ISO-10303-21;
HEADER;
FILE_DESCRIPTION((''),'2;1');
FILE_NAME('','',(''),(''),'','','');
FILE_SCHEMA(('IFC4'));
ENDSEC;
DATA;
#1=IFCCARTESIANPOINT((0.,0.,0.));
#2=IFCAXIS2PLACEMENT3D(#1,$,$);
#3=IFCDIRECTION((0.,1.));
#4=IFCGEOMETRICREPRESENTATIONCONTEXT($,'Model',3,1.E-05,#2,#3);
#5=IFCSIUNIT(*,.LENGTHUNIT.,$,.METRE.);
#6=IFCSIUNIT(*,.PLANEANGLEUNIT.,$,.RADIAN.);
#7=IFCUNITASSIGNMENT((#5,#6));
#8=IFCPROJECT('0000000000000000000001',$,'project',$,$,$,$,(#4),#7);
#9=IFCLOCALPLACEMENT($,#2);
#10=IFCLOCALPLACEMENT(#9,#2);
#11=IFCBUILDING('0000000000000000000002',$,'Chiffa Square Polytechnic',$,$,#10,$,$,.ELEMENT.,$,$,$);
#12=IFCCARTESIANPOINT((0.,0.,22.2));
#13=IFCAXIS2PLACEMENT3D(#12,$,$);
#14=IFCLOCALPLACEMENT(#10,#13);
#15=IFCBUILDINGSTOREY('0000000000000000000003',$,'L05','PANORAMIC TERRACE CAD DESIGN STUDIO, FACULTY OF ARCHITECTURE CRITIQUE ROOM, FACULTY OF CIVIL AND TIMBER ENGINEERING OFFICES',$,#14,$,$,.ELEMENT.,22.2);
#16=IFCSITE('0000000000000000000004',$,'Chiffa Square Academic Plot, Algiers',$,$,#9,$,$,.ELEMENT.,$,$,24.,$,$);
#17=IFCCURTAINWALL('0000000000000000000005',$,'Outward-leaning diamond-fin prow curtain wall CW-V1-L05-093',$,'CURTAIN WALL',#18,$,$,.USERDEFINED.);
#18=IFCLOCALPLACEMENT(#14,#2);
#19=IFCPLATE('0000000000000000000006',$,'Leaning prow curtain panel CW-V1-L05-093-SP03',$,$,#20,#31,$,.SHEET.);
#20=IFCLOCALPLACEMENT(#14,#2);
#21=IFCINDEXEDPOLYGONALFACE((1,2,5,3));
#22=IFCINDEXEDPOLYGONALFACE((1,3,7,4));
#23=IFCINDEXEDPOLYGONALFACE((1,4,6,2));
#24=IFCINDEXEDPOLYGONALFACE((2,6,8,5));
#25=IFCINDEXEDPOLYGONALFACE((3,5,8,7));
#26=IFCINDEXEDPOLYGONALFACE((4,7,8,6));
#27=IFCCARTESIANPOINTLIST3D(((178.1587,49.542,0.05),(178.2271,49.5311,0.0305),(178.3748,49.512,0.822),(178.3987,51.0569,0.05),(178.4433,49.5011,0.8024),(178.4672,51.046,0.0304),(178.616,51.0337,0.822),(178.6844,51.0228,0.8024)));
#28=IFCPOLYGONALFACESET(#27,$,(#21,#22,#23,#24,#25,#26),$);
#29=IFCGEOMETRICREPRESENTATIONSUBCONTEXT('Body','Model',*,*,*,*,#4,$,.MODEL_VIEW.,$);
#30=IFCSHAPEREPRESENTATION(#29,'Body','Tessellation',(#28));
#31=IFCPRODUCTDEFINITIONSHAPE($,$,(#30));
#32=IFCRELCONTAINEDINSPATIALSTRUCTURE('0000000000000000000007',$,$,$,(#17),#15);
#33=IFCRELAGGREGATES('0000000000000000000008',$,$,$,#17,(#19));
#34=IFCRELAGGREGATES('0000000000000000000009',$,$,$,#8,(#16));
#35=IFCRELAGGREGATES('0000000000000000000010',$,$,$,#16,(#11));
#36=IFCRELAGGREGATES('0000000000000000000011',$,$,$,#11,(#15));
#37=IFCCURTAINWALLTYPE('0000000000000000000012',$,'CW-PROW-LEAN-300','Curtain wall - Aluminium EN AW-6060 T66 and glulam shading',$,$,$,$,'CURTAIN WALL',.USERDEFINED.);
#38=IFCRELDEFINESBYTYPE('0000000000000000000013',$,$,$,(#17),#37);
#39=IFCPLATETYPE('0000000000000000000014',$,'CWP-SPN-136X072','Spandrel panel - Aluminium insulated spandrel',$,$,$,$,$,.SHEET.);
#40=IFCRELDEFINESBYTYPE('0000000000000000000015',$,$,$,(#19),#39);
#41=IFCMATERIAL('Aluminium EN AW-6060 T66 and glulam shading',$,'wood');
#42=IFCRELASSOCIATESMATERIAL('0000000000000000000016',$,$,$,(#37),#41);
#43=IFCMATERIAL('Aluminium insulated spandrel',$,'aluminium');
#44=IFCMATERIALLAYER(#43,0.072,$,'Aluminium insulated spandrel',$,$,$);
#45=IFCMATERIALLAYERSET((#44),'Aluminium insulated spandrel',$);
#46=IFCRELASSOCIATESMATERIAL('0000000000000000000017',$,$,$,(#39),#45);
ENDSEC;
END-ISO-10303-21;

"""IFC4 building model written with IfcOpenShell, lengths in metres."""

from ifc_helpers import new_model, si_unit, direction, frame, origin, place, context, subcontext, project, spatial, polyline, outline, extrude, material, layer, layer_set, type_object, element, aggregate, save


model = new_model("IFC4")

# Units and contexts
model_context = context("Model", 3, precision=1e-05, world=origin(), true_north=direction((0.0, 1.0)))
body_context = subcontext(model_context, "Body", "Model", "MODEL_VIEW")
ifc_project = project(units=[si_unit("LENGTHUNIT", "METRE"), si_unit("PLANEANGLEUNIT", "RADIAN")], contexts=[model_context])

# Site, building, storey
site_placement = place(None, origin())
site = spatial("IfcSite", under=ifc_project, at=site_placement, Name="Chiffa Square Academic Plot, Algiers", CompositionType="ELEMENT", RefElevation=24.0)
building_placement = place(site_placement, origin())
building = spatial("IfcBuilding", under=site, at=building_placement, Name="Chiffa Square Polytechnic", CompositionType="ELEMENT")
storey_placement = place(building_placement, frame((0.0, 0.0, 22.2)))
storey = spatial("IfcBuildingStorey", under=building, at=storey_placement, Name="L05", Description="PANORAMIC TERRACE CAD DESIGN STUDIO, FACULTY OF ARCHITECTURE CRITIQUE ROOM, FACULTY OF CIVIL AND TIMBER ENGINEERING OFFICES", CompositionType="ELEMENT", Elevation=22.2)

# Curtain wall
ifc_material_1 = material(Name="Aluminium EN AW-6060 T66 and glulam shading", Category="wood")
curtain_wall_type_1 = type_object("IfcCurtainWallType", Name="CW-PROW-LEAN-300", Description="Curtain wall - Aluminium EN AW-6060 T66 and glulam shading", ElementType="CURTAIN WALL", PredefinedType="USERDEFINED", material=ifc_material_1)
curtain_wall_1_placement = place(storey_placement, origin())
curtain_wall_1 = element("IfcCurtainWall", 1, at=curtain_wall_1_placement, inside=storey, type_object=curtain_wall_type_1, Name="Outward-leaning diamond-fin prow curtain wall CW-V1-L05-093", ObjectType="CURTAIN WALL", PredefinedType="USERDEFINED")

# Plate
ifc_material_2 = material(Name="Aluminium insulated spandrel", Category="aluminium")
ifc_layer_1 = layer(ifc_material_2, 0.072, Name="Aluminium insulated spandrel")
ifc_layer_set_1 = layer_set([ifc_layer_1], Name="Aluminium insulated spandrel")
plate_type_1 = type_object("IfcPlateType", Name="CWP-SPN-136X072", Description="Spandrel panel - Aluminium insulated spandrel", PredefinedType="SHEET", material=ifc_layer_set_1)
plate_1_placement = place(storey_placement, frame((178.1587, 49.542, 0.05), z_axis=(-0.950449, 0.150614, 0.271961), x_axis=(0.15651, 0.987676, -0.000012)))
plate_1 = element("IfcPlate", 2, at=plate_1_placement, type_object=plate_type_1, Name="Leaning prow curtain panel CW-V1-L05-093-SP03", PredefinedType="SHEET", context=body_context, shape_type="SweptSolid", body=[
    extrude(outline(polyline([(0.0, 0.0), (1.5338, 0.0), (1.5449, -0.8022), (0.0041, -0.8022), (0.0, 0.0)])), origin(), (0.0, 0.0, -1.0), 0.072),
])
aggregate(curtain_wall_1, [plate_1])

save(model, "model.ifc")
